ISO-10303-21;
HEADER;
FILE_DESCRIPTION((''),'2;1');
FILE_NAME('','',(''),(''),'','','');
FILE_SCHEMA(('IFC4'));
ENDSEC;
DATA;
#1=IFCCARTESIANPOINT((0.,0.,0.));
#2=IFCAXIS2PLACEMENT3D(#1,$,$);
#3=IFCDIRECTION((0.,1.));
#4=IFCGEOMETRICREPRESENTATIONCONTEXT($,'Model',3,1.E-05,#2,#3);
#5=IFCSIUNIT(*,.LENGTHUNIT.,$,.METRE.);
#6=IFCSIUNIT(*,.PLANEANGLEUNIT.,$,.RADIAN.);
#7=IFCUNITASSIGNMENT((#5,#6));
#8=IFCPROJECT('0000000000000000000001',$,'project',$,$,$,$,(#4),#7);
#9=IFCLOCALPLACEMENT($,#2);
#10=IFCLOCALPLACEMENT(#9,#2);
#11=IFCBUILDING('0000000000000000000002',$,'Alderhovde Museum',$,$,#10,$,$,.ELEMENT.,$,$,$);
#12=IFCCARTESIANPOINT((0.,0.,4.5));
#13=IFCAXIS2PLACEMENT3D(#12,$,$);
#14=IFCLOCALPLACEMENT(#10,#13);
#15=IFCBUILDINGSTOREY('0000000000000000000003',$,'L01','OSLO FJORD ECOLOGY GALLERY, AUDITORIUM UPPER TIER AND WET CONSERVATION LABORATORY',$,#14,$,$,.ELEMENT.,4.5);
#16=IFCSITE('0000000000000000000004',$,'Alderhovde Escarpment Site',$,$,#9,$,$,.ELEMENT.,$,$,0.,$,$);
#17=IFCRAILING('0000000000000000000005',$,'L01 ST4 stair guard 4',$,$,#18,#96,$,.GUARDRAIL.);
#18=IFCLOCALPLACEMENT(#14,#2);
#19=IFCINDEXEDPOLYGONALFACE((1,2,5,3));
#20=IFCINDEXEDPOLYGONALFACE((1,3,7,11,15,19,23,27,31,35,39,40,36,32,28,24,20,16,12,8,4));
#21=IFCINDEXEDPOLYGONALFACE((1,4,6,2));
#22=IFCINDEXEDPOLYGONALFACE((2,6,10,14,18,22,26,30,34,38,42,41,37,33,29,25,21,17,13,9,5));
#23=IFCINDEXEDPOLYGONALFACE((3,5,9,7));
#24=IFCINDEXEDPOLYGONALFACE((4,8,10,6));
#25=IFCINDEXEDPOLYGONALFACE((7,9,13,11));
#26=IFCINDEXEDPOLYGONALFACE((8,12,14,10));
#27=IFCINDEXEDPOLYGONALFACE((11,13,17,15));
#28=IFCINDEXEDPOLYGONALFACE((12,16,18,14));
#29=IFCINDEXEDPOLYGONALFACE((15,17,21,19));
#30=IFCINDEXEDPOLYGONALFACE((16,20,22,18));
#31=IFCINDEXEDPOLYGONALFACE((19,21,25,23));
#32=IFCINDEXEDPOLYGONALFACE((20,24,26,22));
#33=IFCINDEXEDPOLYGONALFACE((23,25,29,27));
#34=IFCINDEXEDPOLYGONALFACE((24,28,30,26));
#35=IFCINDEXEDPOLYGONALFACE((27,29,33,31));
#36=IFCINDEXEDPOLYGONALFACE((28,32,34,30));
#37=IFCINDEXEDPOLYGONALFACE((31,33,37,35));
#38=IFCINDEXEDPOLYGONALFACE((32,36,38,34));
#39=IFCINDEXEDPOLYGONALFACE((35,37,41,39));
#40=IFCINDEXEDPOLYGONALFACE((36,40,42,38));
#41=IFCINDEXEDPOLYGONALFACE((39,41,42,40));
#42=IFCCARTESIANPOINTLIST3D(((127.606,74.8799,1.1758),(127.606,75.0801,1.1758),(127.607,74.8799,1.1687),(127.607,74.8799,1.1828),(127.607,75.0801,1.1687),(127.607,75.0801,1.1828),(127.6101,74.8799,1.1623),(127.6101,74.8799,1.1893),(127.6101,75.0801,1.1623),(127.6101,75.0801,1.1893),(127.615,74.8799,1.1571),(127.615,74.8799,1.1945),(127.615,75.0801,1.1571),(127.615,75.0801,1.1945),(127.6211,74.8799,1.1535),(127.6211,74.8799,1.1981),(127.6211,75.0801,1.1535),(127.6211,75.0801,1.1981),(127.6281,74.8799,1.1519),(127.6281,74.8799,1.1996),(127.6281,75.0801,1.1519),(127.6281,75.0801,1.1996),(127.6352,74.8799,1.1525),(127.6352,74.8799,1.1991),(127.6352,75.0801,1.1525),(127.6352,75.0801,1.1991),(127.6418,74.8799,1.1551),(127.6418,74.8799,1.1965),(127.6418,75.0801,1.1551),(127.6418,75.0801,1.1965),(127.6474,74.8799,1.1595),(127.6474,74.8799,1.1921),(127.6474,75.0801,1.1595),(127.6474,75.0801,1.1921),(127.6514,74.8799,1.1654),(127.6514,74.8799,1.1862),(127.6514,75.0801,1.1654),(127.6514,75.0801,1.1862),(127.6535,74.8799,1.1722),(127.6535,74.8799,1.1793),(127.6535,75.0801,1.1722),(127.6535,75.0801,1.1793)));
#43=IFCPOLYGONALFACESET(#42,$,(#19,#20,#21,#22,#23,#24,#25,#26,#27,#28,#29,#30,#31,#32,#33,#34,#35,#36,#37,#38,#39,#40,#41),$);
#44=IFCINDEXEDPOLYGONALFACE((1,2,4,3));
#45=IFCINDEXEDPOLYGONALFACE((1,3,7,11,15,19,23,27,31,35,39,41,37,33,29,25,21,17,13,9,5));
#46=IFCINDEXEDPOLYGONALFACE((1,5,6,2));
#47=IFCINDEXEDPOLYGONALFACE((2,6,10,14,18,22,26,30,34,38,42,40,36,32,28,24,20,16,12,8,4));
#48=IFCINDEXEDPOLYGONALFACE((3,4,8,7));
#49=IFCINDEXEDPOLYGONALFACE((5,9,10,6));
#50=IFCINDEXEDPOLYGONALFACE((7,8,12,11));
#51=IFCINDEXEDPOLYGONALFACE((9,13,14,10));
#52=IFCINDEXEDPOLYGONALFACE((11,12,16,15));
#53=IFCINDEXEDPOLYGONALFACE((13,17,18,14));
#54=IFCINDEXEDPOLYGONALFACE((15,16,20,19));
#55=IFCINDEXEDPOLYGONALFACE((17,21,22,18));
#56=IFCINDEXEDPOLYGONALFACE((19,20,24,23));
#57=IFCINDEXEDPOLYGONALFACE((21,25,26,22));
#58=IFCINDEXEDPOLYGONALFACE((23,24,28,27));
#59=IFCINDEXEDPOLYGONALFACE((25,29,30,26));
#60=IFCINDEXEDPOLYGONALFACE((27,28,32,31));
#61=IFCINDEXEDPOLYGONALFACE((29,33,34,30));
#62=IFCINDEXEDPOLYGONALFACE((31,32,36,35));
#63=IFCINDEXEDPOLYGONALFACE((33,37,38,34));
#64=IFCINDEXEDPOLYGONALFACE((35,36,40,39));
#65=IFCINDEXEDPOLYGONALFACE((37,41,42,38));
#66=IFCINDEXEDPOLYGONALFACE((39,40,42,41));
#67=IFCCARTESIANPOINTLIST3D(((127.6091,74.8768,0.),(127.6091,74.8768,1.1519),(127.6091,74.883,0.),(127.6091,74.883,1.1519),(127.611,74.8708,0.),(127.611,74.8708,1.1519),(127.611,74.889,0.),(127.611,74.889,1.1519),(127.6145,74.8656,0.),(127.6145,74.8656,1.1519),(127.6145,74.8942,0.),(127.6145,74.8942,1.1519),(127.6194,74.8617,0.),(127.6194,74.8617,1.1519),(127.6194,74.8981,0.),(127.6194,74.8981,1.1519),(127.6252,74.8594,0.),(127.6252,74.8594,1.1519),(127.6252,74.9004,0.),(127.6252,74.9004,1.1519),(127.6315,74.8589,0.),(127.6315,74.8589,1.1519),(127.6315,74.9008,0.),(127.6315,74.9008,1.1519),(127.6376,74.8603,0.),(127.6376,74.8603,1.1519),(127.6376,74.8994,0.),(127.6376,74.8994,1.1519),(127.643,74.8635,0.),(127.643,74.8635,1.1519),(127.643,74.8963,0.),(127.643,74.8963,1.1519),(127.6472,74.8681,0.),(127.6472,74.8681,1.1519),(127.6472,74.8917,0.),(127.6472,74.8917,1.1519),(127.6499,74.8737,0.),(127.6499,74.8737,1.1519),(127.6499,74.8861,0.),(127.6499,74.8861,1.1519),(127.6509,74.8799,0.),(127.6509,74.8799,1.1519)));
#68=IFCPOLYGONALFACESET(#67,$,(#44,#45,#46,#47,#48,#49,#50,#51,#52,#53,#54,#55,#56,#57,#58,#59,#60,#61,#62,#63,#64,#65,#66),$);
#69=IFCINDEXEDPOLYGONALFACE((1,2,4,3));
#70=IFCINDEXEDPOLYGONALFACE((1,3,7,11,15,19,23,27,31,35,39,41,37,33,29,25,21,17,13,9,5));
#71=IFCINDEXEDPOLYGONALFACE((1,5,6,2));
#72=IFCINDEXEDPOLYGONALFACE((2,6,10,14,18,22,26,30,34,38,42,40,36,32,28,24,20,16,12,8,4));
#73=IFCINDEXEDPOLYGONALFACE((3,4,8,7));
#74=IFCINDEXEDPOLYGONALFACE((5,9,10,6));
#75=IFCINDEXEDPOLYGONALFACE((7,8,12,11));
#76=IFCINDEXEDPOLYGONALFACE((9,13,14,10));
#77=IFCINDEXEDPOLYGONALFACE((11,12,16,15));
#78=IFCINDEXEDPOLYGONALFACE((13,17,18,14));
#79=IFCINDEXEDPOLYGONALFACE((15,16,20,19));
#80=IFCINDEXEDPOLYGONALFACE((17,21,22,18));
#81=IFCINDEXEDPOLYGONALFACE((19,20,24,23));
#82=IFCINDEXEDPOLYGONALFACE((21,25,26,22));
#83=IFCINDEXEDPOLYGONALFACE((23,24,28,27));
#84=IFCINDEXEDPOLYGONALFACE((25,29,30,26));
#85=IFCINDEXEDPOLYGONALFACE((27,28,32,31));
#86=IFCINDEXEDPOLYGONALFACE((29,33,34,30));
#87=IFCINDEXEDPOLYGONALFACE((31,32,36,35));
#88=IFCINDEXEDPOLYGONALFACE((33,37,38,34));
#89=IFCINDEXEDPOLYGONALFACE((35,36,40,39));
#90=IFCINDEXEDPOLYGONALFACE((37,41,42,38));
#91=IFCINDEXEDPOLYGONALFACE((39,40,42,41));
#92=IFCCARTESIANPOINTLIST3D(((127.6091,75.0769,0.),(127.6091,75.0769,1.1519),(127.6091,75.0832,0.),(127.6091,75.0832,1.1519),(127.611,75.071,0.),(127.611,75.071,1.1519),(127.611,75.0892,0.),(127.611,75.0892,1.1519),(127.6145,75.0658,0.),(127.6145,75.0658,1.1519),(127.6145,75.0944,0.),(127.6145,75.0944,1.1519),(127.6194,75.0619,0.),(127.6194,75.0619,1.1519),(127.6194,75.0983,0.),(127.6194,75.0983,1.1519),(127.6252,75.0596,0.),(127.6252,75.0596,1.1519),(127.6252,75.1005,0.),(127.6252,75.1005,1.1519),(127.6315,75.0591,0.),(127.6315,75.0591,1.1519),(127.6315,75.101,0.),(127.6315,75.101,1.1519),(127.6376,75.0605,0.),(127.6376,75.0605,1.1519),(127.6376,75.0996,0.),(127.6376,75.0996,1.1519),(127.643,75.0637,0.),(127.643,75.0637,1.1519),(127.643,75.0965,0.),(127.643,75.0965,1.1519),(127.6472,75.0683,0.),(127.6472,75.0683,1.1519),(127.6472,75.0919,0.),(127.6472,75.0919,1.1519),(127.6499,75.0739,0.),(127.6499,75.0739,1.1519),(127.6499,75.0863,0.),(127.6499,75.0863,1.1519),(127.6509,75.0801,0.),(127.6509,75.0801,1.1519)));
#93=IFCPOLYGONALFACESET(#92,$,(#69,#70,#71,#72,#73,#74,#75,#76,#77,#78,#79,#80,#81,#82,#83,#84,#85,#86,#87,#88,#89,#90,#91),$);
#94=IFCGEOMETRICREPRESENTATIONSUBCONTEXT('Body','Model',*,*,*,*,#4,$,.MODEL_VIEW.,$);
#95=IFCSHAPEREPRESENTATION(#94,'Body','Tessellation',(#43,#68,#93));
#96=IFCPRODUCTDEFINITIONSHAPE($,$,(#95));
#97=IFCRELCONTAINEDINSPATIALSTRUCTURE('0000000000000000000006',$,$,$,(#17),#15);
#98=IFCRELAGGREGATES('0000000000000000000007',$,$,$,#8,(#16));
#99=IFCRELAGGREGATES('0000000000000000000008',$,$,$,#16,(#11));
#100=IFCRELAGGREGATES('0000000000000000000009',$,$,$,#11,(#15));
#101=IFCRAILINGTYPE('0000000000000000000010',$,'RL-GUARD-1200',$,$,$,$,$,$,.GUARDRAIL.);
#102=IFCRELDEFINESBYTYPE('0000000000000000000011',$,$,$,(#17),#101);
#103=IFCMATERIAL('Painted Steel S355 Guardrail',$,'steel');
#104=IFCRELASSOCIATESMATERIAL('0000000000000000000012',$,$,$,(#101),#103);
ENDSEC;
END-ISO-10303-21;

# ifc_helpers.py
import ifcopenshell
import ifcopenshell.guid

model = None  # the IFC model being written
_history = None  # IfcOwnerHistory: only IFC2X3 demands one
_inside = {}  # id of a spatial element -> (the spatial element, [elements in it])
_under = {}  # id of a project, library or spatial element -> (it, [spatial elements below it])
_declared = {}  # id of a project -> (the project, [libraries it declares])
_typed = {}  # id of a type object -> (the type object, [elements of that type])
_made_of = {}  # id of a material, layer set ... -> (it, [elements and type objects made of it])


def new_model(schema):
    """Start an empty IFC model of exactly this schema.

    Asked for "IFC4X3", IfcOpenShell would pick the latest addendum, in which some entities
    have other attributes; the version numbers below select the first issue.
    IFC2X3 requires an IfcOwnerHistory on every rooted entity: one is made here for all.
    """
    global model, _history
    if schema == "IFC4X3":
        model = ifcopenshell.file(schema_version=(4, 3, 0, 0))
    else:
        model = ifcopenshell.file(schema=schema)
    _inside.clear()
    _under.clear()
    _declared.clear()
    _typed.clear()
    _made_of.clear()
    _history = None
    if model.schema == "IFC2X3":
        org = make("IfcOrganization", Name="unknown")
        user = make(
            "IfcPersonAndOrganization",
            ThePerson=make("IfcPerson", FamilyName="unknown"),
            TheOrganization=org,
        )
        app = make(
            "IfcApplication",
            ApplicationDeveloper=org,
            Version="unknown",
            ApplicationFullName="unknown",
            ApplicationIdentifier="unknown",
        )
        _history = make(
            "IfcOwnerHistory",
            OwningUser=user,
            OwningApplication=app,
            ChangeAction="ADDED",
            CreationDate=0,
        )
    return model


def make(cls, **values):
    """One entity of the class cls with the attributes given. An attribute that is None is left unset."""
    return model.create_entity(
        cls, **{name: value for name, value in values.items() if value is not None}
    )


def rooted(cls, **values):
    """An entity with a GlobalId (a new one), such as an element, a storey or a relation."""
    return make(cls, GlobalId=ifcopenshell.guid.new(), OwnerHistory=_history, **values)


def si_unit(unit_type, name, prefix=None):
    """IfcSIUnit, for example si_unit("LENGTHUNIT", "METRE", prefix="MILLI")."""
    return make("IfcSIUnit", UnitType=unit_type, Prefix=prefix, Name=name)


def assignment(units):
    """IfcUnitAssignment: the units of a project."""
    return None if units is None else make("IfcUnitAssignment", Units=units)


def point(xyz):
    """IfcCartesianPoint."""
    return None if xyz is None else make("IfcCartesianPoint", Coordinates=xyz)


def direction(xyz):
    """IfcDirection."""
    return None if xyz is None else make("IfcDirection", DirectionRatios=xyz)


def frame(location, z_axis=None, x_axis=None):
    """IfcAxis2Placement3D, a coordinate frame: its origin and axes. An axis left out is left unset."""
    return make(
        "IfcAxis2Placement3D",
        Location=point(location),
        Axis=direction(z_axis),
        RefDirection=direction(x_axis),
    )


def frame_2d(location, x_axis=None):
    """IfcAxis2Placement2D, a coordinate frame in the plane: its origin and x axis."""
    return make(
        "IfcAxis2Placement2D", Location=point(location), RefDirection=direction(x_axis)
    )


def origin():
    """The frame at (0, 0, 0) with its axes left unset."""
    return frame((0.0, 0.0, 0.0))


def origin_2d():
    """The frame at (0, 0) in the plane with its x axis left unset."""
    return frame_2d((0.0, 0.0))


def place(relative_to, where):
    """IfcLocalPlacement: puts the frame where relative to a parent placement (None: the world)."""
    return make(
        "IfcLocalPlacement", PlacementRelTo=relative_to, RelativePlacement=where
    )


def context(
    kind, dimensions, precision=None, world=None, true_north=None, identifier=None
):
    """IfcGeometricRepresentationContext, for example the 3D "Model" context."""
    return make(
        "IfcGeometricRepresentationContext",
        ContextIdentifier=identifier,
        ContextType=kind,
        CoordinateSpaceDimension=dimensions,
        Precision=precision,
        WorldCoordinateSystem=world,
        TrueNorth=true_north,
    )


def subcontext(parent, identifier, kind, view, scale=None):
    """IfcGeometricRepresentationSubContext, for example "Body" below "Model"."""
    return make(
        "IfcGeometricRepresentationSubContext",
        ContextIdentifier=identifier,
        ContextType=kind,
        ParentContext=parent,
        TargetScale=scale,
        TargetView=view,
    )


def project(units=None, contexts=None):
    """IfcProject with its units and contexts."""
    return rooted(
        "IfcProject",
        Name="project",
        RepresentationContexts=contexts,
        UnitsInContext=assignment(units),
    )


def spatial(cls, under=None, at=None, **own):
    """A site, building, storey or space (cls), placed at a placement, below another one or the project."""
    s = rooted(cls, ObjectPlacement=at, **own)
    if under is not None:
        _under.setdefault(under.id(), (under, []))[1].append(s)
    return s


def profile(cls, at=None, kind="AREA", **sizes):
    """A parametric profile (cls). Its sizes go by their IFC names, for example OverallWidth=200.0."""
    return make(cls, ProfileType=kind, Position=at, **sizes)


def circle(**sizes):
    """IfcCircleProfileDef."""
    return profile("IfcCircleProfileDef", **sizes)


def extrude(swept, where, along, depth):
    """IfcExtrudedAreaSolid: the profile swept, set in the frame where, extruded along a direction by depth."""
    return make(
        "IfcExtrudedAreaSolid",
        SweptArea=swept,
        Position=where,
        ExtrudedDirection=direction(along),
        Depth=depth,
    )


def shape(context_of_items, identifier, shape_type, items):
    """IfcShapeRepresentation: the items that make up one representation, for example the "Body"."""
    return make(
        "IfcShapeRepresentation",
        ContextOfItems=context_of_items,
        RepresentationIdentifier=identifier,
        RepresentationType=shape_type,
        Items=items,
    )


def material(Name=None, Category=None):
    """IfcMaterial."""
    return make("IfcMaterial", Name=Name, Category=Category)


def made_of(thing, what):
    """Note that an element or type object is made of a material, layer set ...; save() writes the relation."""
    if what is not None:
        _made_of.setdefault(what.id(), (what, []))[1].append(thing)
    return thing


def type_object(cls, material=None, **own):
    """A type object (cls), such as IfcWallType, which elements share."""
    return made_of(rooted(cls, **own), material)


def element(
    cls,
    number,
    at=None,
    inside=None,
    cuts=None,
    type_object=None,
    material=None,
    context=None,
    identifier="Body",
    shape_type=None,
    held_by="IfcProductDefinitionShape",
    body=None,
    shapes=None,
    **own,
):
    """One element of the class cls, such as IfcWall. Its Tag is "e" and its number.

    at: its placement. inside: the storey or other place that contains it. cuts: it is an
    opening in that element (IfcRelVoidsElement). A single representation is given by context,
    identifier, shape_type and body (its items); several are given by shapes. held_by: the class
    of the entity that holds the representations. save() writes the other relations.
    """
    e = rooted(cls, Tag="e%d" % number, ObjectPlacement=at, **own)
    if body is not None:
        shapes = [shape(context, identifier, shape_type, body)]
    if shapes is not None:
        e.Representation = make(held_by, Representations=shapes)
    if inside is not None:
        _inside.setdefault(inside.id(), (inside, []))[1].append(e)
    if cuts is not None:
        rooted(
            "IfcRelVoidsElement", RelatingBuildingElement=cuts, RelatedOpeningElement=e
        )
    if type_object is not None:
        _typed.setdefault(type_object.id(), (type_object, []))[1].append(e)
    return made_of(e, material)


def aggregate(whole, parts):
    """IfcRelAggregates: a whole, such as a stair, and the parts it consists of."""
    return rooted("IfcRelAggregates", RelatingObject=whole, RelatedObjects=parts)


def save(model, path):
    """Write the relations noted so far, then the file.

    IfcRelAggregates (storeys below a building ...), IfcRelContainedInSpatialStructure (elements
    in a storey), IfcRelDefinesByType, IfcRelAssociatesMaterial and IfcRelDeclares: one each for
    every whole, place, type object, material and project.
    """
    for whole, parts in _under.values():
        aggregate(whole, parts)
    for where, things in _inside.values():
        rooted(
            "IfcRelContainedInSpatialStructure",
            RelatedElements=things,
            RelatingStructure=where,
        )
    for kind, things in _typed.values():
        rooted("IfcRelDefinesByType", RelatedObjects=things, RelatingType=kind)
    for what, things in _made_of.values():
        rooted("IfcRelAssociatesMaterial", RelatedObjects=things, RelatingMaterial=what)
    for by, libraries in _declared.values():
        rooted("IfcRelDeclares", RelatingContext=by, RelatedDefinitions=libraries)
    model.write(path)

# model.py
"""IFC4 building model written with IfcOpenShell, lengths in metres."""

from ifc_helpers import new_model, si_unit, direction, frame, origin, origin_2d, place, context, subcontext, project, spatial, circle, extrude, material, type_object, element, save


model = new_model("IFC4")

# Units and contexts
model_context = context("Model", 3, precision=1e-05, world=origin(), true_north=direction((0.0, 1.0)))
body_context = subcontext(model_context, "Body", "Model", "MODEL_VIEW")
ifc_project = project(units=[si_unit("LENGTHUNIT", "METRE"), si_unit("PLANEANGLEUNIT", "RADIAN")], contexts=[model_context])

# Site, building, storey
site_placement = place(None, origin())
site = spatial("IfcSite", under=ifc_project, at=site_placement, Name="Alderhovde Escarpment Site", CompositionType="ELEMENT", RefElevation=0.0)
building_placement = place(site_placement, origin())
building = spatial("IfcBuilding", under=site, at=building_placement, Name="Alderhovde Museum", CompositionType="ELEMENT")
storey_placement = place(building_placement, frame((0.0, 0.0, 4.5)))
storey = spatial("IfcBuildingStorey", under=building, at=storey_placement, Name="L01", Description="OSLO FJORD ECOLOGY GALLERY, AUDITORIUM UPPER TIER AND WET CONSERVATION LABORATORY", CompositionType="ELEMENT", Elevation=4.5)

# Railing
ifc_material_1 = material(Name="Painted Steel S355 Guardrail", Category="steel")
railing_type_1 = type_object("IfcRailingType", Name="RL-GUARD-1200", PredefinedType="GUARDRAIL", material=ifc_material_1)
railing_1_placement = place(storey_placement, frame((127.6299, 74.8799, 0.0)))
element("IfcRailing", 1, at=railing_1_placement, inside=storey, type_object=railing_type_1, Name="L01 ST4 stair guard 4", PredefinedType="GUARDRAIL", context=body_context, shape_type="SweptSolid", body=[
    extrude(circle(Radius=0.0239, at=origin_2d()), frame((0.0, 0.0, 1.1758), z_axis=(0.0, 1.0, 0.0), x_axis=(-1.0, 0.0, 0.0)), (0.0, 0.0, 1.0), 0.2002),
    extrude(circle(Radius=0.021, at=origin_2d()), origin(), (0.0, 0.0, 1.0), 1.1519),
    extrude(circle(Radius=0.021, at=origin_2d()), frame((0.0, 0.2002, 0.0)), (0.0, 0.0, 1.0), 1.1519),
])

save(model, "model.ifc")
